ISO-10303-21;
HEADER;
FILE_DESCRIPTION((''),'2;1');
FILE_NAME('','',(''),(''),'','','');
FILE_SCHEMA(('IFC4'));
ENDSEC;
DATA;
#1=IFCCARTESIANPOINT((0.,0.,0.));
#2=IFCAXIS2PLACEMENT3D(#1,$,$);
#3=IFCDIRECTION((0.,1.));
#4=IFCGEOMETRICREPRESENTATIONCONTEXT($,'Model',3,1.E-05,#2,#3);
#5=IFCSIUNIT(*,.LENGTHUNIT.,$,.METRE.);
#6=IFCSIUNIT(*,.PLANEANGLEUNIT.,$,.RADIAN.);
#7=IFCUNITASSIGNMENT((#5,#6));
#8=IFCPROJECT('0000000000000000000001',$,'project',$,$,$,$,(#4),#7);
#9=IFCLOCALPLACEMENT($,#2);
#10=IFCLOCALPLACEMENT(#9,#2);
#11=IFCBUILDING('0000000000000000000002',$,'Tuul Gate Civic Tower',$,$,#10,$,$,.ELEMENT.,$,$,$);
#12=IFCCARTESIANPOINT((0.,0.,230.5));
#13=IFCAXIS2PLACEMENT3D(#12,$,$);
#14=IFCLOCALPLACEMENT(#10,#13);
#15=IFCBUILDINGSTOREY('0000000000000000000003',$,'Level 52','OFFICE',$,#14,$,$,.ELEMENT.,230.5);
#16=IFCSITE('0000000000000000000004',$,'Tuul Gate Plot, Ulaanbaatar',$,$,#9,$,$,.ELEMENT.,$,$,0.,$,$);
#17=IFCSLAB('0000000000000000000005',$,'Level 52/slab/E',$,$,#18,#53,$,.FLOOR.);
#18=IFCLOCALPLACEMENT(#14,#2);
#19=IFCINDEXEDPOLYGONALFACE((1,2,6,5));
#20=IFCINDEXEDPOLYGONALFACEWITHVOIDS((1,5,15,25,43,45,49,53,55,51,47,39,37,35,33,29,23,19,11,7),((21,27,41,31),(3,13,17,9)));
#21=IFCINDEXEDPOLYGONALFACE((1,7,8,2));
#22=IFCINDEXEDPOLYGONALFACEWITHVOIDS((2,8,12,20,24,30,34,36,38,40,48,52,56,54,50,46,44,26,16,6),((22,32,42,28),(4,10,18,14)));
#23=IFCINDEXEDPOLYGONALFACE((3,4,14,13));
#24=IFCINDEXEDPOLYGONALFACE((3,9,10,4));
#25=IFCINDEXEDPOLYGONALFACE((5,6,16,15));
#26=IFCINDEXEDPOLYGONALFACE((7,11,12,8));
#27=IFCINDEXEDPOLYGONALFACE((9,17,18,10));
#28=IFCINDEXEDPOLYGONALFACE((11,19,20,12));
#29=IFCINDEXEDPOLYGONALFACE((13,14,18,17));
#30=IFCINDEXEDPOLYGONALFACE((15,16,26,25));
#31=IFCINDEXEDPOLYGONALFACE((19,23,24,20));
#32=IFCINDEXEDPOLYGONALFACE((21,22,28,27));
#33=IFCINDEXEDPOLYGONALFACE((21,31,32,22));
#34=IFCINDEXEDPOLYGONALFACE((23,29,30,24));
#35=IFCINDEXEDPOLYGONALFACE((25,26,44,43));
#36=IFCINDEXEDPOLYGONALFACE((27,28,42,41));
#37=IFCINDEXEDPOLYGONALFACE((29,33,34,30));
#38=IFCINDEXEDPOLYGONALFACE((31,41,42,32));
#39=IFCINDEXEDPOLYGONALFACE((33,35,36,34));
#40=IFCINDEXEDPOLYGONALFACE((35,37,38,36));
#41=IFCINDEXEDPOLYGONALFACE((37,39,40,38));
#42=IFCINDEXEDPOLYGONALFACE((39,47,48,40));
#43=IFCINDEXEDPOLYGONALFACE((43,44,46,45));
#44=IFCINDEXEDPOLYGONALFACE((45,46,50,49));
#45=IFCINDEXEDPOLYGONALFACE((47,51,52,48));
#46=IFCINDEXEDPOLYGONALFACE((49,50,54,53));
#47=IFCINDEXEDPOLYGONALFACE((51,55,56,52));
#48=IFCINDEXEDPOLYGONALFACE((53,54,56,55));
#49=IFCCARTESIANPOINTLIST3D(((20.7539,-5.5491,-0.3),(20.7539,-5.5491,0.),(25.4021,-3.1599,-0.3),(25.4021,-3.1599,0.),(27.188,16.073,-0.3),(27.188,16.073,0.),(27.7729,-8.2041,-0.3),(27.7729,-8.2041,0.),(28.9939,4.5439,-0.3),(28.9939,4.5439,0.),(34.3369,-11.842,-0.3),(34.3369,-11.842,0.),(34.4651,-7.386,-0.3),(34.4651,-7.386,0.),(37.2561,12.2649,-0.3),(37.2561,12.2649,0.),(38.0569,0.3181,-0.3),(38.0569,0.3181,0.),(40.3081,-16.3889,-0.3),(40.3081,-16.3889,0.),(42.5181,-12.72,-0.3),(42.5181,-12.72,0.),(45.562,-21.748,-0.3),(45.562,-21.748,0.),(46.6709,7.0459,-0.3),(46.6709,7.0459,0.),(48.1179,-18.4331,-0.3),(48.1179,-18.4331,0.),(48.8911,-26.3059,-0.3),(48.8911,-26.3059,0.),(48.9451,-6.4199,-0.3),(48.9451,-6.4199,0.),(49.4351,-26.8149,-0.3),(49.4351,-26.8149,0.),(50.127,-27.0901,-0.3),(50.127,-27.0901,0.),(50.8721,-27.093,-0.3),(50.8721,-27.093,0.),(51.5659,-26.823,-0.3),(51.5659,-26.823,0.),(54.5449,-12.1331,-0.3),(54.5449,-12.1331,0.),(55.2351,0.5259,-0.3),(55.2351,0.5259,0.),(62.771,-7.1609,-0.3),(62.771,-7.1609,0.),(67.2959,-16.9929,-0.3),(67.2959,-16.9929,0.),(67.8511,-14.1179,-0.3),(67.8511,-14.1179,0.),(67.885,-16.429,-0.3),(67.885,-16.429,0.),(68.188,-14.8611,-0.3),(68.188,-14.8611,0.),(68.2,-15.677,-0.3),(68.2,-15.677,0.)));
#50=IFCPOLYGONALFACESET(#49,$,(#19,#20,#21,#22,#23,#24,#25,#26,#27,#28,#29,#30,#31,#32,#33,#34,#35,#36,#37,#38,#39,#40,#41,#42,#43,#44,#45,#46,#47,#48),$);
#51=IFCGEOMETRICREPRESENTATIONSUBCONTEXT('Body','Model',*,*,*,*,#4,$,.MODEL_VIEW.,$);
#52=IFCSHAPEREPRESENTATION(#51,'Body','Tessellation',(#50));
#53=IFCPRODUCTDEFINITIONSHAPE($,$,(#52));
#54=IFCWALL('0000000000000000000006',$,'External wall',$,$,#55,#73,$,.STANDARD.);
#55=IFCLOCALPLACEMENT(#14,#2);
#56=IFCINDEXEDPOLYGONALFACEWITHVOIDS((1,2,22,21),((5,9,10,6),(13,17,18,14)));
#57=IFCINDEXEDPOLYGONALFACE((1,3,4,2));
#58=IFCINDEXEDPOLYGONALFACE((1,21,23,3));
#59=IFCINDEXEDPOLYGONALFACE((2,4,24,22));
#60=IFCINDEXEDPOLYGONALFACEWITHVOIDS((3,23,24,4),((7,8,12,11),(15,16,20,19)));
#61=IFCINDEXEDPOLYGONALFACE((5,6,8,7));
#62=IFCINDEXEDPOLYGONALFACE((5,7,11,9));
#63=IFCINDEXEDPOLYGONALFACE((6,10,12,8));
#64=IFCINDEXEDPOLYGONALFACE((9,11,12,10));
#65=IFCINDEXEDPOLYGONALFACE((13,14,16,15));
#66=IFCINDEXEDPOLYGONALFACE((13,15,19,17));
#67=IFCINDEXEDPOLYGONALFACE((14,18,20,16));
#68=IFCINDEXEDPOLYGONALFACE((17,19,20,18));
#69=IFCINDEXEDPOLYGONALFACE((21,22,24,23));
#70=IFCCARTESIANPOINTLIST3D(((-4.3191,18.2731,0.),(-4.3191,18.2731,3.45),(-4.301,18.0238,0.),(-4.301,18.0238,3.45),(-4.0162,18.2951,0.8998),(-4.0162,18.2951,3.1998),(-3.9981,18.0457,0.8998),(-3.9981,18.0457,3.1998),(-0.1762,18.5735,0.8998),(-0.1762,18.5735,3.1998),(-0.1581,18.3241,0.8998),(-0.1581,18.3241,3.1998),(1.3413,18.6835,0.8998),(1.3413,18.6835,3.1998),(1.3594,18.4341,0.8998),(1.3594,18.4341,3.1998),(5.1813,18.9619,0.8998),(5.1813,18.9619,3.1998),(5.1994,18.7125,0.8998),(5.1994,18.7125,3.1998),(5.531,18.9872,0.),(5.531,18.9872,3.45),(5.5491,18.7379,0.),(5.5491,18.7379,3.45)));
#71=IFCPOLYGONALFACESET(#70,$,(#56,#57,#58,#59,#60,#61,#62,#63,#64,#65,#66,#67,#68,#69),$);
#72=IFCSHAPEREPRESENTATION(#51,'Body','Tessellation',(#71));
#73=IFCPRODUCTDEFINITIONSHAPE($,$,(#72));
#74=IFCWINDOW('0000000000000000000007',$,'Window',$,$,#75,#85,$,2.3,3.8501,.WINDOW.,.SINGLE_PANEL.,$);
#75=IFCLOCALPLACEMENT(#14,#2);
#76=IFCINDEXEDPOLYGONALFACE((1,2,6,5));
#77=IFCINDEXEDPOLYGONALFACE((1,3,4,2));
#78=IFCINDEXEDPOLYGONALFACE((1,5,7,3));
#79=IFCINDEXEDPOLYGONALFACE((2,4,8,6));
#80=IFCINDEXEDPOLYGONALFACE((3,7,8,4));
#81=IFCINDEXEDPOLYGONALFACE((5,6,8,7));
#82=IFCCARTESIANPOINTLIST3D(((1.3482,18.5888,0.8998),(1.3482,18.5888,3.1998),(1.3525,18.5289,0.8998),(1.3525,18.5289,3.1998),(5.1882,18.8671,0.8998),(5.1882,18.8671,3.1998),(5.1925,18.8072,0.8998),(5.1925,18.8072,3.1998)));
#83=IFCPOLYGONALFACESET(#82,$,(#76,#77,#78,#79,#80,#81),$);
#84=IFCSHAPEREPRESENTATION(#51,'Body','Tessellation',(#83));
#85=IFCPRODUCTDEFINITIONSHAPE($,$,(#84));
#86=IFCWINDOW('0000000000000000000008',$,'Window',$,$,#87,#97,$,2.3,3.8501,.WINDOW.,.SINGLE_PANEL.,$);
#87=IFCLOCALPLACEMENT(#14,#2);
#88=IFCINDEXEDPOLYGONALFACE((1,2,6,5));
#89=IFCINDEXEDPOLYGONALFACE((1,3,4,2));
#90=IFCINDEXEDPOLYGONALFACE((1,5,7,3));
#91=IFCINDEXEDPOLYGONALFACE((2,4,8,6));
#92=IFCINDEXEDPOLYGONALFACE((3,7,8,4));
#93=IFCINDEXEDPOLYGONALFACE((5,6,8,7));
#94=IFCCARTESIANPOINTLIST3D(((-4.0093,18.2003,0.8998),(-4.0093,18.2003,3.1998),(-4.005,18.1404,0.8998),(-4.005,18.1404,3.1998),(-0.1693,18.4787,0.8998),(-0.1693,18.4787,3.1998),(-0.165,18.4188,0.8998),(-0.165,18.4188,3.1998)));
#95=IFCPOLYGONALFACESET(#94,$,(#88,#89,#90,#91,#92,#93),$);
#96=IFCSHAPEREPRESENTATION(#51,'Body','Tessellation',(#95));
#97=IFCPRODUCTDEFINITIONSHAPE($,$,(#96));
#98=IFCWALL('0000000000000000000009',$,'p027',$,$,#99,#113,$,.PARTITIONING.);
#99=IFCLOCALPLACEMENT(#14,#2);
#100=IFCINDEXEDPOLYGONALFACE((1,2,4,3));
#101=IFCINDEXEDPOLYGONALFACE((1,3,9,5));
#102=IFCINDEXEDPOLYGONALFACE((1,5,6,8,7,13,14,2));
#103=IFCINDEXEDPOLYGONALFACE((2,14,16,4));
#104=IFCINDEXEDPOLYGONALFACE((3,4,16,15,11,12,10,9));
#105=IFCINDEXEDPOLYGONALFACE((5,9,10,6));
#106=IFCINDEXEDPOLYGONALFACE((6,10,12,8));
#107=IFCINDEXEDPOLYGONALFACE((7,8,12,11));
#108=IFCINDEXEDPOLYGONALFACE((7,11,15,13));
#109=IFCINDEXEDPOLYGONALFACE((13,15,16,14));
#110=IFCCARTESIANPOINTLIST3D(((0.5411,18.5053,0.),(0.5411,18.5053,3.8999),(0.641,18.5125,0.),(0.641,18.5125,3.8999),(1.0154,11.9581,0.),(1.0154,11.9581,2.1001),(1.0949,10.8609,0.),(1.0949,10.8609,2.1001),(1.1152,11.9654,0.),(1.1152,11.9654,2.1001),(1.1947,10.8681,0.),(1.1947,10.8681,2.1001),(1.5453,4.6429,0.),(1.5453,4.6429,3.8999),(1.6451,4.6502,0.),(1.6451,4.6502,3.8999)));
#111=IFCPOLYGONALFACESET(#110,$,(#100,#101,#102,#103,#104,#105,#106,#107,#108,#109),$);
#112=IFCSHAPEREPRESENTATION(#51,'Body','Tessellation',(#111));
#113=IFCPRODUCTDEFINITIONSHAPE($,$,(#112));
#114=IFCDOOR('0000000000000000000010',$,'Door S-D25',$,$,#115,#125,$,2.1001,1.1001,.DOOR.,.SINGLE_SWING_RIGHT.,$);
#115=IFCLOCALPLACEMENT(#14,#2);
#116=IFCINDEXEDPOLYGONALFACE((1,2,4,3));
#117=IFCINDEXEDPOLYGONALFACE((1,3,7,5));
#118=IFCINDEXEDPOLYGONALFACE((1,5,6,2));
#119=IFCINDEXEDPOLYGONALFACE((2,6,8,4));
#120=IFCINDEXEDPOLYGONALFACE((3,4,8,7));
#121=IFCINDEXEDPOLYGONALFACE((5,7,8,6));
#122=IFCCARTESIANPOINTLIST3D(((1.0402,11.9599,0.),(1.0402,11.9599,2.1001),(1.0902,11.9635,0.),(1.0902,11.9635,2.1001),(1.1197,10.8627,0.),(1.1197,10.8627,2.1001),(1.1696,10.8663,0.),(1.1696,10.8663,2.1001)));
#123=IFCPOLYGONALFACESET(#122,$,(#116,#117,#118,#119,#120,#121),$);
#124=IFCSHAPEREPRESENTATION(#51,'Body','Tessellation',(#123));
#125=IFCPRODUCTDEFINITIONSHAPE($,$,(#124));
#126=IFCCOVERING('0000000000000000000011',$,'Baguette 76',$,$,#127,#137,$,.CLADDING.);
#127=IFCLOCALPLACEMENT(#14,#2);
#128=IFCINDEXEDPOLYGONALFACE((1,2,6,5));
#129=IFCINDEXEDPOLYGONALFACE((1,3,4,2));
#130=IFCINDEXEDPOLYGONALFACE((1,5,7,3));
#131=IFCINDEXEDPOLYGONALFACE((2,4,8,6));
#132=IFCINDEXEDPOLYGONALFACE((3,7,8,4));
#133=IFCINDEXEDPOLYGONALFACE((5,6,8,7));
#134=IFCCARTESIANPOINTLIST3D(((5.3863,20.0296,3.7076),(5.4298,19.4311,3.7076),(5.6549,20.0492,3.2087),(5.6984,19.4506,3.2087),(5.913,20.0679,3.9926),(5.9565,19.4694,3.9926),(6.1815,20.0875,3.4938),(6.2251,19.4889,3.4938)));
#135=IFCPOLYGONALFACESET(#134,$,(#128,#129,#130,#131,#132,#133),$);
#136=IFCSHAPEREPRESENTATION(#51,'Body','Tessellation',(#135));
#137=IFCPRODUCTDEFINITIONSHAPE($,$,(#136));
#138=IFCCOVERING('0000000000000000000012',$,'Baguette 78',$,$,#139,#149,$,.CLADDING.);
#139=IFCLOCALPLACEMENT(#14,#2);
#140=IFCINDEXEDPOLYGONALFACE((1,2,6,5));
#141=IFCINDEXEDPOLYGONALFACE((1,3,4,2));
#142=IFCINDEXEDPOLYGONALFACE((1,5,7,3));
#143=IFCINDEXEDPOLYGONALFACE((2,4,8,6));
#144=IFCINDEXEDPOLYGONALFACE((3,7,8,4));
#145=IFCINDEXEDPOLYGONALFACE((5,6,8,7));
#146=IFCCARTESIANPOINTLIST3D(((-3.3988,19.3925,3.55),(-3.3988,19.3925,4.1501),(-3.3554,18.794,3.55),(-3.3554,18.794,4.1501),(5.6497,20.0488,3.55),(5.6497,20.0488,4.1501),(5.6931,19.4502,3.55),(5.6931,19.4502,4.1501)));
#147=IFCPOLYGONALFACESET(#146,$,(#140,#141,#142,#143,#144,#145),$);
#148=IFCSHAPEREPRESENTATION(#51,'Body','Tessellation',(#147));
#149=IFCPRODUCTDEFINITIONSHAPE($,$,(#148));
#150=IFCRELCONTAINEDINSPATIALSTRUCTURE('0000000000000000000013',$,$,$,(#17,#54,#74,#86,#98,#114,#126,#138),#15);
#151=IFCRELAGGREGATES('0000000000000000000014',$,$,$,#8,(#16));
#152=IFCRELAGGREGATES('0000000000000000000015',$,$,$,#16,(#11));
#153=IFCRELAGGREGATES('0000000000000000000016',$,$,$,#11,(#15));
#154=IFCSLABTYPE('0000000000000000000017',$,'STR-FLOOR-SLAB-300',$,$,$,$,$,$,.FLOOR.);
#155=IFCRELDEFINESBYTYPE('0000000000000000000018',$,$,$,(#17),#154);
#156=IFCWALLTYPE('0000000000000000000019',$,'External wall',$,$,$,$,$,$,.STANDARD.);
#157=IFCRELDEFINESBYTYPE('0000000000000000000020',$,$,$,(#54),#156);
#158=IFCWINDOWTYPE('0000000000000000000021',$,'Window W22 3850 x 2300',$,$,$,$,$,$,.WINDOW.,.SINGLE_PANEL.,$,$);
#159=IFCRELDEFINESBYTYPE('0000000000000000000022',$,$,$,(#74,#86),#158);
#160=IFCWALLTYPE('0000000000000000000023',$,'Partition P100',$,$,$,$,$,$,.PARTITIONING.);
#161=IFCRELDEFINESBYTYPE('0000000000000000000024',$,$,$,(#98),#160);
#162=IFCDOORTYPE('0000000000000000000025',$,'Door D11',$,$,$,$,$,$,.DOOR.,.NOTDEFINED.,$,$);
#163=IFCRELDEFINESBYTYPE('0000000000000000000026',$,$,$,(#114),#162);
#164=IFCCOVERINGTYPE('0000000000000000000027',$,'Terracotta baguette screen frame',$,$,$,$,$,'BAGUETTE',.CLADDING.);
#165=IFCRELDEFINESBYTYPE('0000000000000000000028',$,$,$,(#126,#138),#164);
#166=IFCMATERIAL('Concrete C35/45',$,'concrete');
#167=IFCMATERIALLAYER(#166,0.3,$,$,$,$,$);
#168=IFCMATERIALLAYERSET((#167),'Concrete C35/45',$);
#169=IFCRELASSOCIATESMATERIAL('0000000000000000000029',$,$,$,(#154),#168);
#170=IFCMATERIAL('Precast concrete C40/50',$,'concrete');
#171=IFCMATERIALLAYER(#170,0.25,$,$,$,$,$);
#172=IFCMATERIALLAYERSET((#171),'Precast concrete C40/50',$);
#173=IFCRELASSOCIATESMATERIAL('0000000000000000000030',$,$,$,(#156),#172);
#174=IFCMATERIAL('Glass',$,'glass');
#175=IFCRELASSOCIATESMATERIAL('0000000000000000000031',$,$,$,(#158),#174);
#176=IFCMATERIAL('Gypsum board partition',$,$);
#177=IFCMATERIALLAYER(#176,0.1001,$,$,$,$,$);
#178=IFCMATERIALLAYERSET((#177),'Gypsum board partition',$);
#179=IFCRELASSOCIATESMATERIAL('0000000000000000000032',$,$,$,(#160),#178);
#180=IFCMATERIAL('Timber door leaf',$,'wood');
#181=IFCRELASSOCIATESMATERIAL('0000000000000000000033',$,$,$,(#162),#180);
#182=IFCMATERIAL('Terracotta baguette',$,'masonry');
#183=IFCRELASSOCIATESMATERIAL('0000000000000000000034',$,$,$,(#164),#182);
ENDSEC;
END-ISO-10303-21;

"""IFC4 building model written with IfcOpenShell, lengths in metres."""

from ifc_helpers import new_model, si_unit, direction, frame, frame_2d, origin, origin_2d, place, context, subcontext, project, spatial, polyline, rectangle, outline, extrude, material, layer, layer_set, material_profile, profile_set, type_object, element, fill, save


model = new_model("IFC4")

# Units and contexts
model_context = context("Model", 3, precision=1e-05, world=origin(), true_north=direction((0.0, 1.0)))
body_context = subcontext(model_context, "Body", "Model", "MODEL_VIEW")
ifc_project = project(units=[si_unit("LENGTHUNIT", "METRE"), si_unit("PLANEANGLEUNIT", "RADIAN")], contexts=[model_context])

# Site, building, storey
site_placement = place(None, origin())
site = spatial("IfcSite", under=ifc_project, at=site_placement, Name="Tuul Gate Plot, Ulaanbaatar", CompositionType="ELEMENT", RefElevation=0.0)
building_placement = place(site_placement, origin())
building = spatial("IfcBuilding", under=site, at=building_placement, Name="Tuul Gate Civic Tower", CompositionType="ELEMENT")
storey_placement = place(building_placement, frame((0.0, 0.0, 230.5)))
storey = spatial("IfcBuildingStorey", under=building, at=storey_placement, Name="Level 52", Description="OFFICE", CompositionType="ELEMENT", Elevation=230.5)

# Slab
ifc_material_1 = material(Name="Concrete C35/45", Category="concrete")
ifc_layer_1 = layer(ifc_material_1, 0.3)
ifc_layer_set_1 = layer_set([ifc_layer_1], Name="Concrete C35/45")
slab_type_1 = type_object("IfcSlabType", Name="STR-FLOOR-SLAB-300", PredefinedType="FLOOR", material=ifc_layer_set_1)
slab_1_placement = place(storey_placement, frame((0.0, 0.0, -0.3)))
element("IfcSlab", 1, at=slab_1_placement, inside=storey, type_object=slab_type_1, Name="Level 52/slab/E", PredefinedType="FLOOR", context=body_context, shape_type="SweptSolid", body=[
    extrude(outline(polyline([(50.8721, -27.093), (51.5659, -26.823), (67.2959, -16.9929), (67.885, -16.429), (68.2, -15.677), (68.188, -14.8611), (67.8511, -14.1179), (62.771, -7.1609), (55.2351, 0.5259), (46.6709, 7.0459), (37.2561, 12.2649), (27.188, 16.073), (20.7539, -5.5491), (27.7729, -8.2041), (34.3369, -11.842), (40.3081, -16.3889), (45.562, -21.748), (48.8911, -26.3059), (49.4351, -26.8149), (50.127, -27.0901), (50.8721, -27.093)]), holes=[polyline([(48.1179, -18.4331), (42.5181, -12.72), (48.9451, -6.4199), (54.5449, -12.1331), (48.1179, -18.4331)]), polyline([(25.4021, -3.1599), (28.9939, 4.5439), (38.0569, 0.3181), (34.4651, -7.386), (25.4021, -3.1599)])]), origin(), (0.0, 0.0, 1.0), 0.3),
])

# Wall, openings, windows
ifc_material_2 = material(Name="Precast concrete C40/50", Category="concrete")
ifc_layer_2 = layer(ifc_material_2, 0.25)
ifc_layer_set_2 = layer_set([ifc_layer_2], Name="Precast concrete C40/50")
wall_type_1 = type_object("IfcWallType", Name="External wall", PredefinedType="STANDARD", material=ifc_layer_set_2)
wall_1_placement = place(storey_placement, frame((5.54, 18.8625, 0.0), z_axis=(0.0, 0.0, 1.0), x_axis=(-0.997382, -0.072308, 0.0)))
wall_1 = element("IfcWall", 2, at=wall_1_placement, inside=storey, type_object=wall_type_1, Name="External wall", PredefinedType="STANDARD", context=body_context, shape_type="SweptSolid", body=[
    extrude(rectangle(XDim=9.876, YDim=0.25, at=frame_2d((4.938, 0.0))), origin(), (0.0, 0.0, 1.0), 3.45),
])
opening_1_placement = place(wall_1_placement, frame((0.3506, 0.0, 0.8999)))
opening_1 = element("IfcOpeningElement", 3, at=opening_1_placement, cuts=wall_1, PredefinedType="OPENING", context=body_context, shape_type="SweptSolid", body=[
    extrude(rectangle(XDim=3.8501, YDim=2.3, at=frame_2d((1.925, 1.1499))), frame((0.0, 0.135, 0.0), z_axis=(0.0, -1.0, 0.0), x_axis=(1.0, 0.0, 0.0)), (0.0, 0.0, 1.0), 0.27),
])
opening_2_placement = place(wall_1_placement, frame((5.7222, 0.0, 0.8999)))
opening_2 = element("IfcOpeningElement", 4, at=opening_2_placement, cuts=wall_1, PredefinedType="OPENING", context=body_context, shape_type="SweptSolid", body=[
    extrude(rectangle(XDim=3.8501, YDim=2.3, at=frame_2d((1.925, 1.1499))), frame((0.0, 0.135, 0.0), z_axis=(0.0, -1.0, 0.0), x_axis=(1.0, 0.0, 0.0)), (0.0, 0.0, 1.0), 0.27),
])
ifc_material_3 = material(Name="Glass", Category="glass")
window_type = type_object("IfcWindowType", Name="Window W22 3850 x 2300", PartitioningType="SINGLE_PANEL", PredefinedType="WINDOW", material=ifc_material_3)
window_1_placement = place(opening_1_placement, origin())
window_1 = element("IfcWindow", 5, at=window_1_placement, inside=storey, type_object=window_type, Name="Window", OverallHeight=2.3, OverallWidth=3.8501, PartitioningType="SINGLE_PANEL", PredefinedType="WINDOW", context=body_context, shape_type="SweptSolid", body=[
    extrude(rectangle(XDim=3.8501, YDim=2.3, at=frame_2d((1.925, 1.1499))), frame((0.0, 0.03, 0.0), z_axis=(0.0, -1.0, 0.0), x_axis=(1.0, 0.0, 0.0)), (0.0, 0.0, 1.0), 0.0601),
])
fill(opening_1, window_1)
window_2_placement = place(opening_2_placement, origin())
window_2 = element("IfcWindow", 6, at=window_2_placement, inside=storey, type_object=window_type, Name="Window", OverallHeight=2.3, OverallWidth=3.8501, PartitioningType="SINGLE_PANEL", PredefinedType="WINDOW", context=body_context, shape_type="SweptSolid", body=[
    extrude(rectangle(XDim=3.8501, YDim=2.3, at=frame_2d((1.925, 1.1499))), frame((0.0, 0.03, 0.0), z_axis=(0.0, -1.0, 0.0), x_axis=(1.0, 0.0, 0.0)), (0.0, 0.0, 1.0), 0.0601),
])
fill(opening_2, window_2)

# Wall, opening, door
ifc_material_4 = material(Name="Gypsum board partition")
ifc_layer_3 = layer(ifc_material_4, 0.1001)
ifc_layer_set_3 = layer_set([ifc_layer_3], Name="Gypsum board partition")
wall_type_2 = type_object("IfcWallType", Name="Partition P100", PredefinedType="PARTITIONING", material=ifc_layer_set_3)
wall_2_placement = place(storey_placement, frame((0.5911, 18.5088, 0.0), z_axis=(0.0, 0.0, 1.0), x_axis=(0.072248, -0.997387, 0.0)))
wall_2 = element("IfcWall", 7, at=wall_2_placement, inside=storey, type_object=wall_type_2, Name="p027", PredefinedType="PARTITIONING", context=body_context, shape_type="SweptSolid", body=[
    extrude(rectangle(XDim=13.8987, YDim=0.1001, at=frame_2d((6.9492, 0.0))), origin(), (0.0, 0.0, 1.0), 3.8999),
])
opening_3_placement = place(wall_2_placement, frame((6.5642, 0.0, 0.0)))
opening_3 = element("IfcOpeningElement", 8, at=opening_3_placement, cuts=wall_2, PredefinedType="OPENING", context=body_context, shape_type="SweptSolid", body=[
    extrude(rectangle(XDim=1.1001, YDim=2.1001, at=frame_2d((0.55, 1.05))), frame((0.0, 0.0601, 0.0), z_axis=(0.0, -1.0, 0.0), x_axis=(1.0, 0.0, 0.0)), (0.0, 0.0, 1.0), 0.1201),
])
ifc_material_5 = material(Name="Timber door leaf", Category="wood")
door_type = type_object("IfcDoorType", Name="Door D11", OperationType="NOTDEFINED", PredefinedType="DOOR", material=ifc_material_5)
door_placement = place(opening_3_placement, origin())
door = element("IfcDoor", 9, at=door_placement, inside=storey, type_object=door_type, Name="Door S-D25", OperationType="SINGLE_SWING_RIGHT", OverallHeight=2.1001, OverallWidth=1.1001, PredefinedType="DOOR", context=body_context, shape_type="SweptSolid", body=[
    extrude(rectangle(XDim=1.1001, YDim=2.1001, at=frame_2d((0.55, 1.05))), frame((0.0, 0.0249, 0.0), z_axis=(0.0, -1.0, 0.0), x_axis=(1.0, 0.0, 0.0)), (0.0, 0.0, 1.0), 0.05),
])
fill(opening_3, door)

# Coverings
ifc_material_6 = material(Name="Terracotta baguette", Category="masonry")
ifc_material_profile_1 = material_profile(ifc_material_6, rectangle(XDim=0.6001, YDim=0.6001, at=origin_2d()), Name="Terracotta baguette screen frame")
ifc_profile_set_1 = profile_set([ifc_material_profile_1], Name="Terracotta baguette")
covering_type = type_object("IfcCoveringType", Name="Terracotta baguette screen frame", ElementType="BAGUETTE", PredefinedType="CLADDING", material=ifc_profile_set_1)
covering_1_placement = place(storey_placement, frame((5.6714, 19.7495, 3.8501), z_axis=(0.473793, 0.034458, -0.879962), x_axis=(-0.072536, 0.997366, 0.0)))
element("IfcCovering", 10, at=covering_1_placement, inside=storey, type_object=covering_type, Name="Baguette 76", PredefinedType="CLADDING", context=body_context, shape_type="SweptSolid", body=[
    extrude(rectangle(XDim=0.6001, YDim=0.6001, at=origin_2d()), origin(), (0.0, 0.0, 1.0), 0.5669),
])
covering_2_placement = place(storey_placement, frame((5.6714, 19.7495, 3.8501), z_axis=(-0.99738, -0.072335, 0.0), x_axis=(0.072335, -0.99738, 0.0)))
element("IfcCovering", 11, at=covering_2_placement, inside=storey, type_object=covering_type, Name="Baguette 78", PredefinedType="CLADDING", context=body_context, shape_type="SweptSolid", body=[
    extrude(rectangle(XDim=0.6001, YDim=0.6001, at=origin_2d()), origin(), (0.0, 0.0, 1.0), 9.0723),
])

save(model, "model.ifc")
